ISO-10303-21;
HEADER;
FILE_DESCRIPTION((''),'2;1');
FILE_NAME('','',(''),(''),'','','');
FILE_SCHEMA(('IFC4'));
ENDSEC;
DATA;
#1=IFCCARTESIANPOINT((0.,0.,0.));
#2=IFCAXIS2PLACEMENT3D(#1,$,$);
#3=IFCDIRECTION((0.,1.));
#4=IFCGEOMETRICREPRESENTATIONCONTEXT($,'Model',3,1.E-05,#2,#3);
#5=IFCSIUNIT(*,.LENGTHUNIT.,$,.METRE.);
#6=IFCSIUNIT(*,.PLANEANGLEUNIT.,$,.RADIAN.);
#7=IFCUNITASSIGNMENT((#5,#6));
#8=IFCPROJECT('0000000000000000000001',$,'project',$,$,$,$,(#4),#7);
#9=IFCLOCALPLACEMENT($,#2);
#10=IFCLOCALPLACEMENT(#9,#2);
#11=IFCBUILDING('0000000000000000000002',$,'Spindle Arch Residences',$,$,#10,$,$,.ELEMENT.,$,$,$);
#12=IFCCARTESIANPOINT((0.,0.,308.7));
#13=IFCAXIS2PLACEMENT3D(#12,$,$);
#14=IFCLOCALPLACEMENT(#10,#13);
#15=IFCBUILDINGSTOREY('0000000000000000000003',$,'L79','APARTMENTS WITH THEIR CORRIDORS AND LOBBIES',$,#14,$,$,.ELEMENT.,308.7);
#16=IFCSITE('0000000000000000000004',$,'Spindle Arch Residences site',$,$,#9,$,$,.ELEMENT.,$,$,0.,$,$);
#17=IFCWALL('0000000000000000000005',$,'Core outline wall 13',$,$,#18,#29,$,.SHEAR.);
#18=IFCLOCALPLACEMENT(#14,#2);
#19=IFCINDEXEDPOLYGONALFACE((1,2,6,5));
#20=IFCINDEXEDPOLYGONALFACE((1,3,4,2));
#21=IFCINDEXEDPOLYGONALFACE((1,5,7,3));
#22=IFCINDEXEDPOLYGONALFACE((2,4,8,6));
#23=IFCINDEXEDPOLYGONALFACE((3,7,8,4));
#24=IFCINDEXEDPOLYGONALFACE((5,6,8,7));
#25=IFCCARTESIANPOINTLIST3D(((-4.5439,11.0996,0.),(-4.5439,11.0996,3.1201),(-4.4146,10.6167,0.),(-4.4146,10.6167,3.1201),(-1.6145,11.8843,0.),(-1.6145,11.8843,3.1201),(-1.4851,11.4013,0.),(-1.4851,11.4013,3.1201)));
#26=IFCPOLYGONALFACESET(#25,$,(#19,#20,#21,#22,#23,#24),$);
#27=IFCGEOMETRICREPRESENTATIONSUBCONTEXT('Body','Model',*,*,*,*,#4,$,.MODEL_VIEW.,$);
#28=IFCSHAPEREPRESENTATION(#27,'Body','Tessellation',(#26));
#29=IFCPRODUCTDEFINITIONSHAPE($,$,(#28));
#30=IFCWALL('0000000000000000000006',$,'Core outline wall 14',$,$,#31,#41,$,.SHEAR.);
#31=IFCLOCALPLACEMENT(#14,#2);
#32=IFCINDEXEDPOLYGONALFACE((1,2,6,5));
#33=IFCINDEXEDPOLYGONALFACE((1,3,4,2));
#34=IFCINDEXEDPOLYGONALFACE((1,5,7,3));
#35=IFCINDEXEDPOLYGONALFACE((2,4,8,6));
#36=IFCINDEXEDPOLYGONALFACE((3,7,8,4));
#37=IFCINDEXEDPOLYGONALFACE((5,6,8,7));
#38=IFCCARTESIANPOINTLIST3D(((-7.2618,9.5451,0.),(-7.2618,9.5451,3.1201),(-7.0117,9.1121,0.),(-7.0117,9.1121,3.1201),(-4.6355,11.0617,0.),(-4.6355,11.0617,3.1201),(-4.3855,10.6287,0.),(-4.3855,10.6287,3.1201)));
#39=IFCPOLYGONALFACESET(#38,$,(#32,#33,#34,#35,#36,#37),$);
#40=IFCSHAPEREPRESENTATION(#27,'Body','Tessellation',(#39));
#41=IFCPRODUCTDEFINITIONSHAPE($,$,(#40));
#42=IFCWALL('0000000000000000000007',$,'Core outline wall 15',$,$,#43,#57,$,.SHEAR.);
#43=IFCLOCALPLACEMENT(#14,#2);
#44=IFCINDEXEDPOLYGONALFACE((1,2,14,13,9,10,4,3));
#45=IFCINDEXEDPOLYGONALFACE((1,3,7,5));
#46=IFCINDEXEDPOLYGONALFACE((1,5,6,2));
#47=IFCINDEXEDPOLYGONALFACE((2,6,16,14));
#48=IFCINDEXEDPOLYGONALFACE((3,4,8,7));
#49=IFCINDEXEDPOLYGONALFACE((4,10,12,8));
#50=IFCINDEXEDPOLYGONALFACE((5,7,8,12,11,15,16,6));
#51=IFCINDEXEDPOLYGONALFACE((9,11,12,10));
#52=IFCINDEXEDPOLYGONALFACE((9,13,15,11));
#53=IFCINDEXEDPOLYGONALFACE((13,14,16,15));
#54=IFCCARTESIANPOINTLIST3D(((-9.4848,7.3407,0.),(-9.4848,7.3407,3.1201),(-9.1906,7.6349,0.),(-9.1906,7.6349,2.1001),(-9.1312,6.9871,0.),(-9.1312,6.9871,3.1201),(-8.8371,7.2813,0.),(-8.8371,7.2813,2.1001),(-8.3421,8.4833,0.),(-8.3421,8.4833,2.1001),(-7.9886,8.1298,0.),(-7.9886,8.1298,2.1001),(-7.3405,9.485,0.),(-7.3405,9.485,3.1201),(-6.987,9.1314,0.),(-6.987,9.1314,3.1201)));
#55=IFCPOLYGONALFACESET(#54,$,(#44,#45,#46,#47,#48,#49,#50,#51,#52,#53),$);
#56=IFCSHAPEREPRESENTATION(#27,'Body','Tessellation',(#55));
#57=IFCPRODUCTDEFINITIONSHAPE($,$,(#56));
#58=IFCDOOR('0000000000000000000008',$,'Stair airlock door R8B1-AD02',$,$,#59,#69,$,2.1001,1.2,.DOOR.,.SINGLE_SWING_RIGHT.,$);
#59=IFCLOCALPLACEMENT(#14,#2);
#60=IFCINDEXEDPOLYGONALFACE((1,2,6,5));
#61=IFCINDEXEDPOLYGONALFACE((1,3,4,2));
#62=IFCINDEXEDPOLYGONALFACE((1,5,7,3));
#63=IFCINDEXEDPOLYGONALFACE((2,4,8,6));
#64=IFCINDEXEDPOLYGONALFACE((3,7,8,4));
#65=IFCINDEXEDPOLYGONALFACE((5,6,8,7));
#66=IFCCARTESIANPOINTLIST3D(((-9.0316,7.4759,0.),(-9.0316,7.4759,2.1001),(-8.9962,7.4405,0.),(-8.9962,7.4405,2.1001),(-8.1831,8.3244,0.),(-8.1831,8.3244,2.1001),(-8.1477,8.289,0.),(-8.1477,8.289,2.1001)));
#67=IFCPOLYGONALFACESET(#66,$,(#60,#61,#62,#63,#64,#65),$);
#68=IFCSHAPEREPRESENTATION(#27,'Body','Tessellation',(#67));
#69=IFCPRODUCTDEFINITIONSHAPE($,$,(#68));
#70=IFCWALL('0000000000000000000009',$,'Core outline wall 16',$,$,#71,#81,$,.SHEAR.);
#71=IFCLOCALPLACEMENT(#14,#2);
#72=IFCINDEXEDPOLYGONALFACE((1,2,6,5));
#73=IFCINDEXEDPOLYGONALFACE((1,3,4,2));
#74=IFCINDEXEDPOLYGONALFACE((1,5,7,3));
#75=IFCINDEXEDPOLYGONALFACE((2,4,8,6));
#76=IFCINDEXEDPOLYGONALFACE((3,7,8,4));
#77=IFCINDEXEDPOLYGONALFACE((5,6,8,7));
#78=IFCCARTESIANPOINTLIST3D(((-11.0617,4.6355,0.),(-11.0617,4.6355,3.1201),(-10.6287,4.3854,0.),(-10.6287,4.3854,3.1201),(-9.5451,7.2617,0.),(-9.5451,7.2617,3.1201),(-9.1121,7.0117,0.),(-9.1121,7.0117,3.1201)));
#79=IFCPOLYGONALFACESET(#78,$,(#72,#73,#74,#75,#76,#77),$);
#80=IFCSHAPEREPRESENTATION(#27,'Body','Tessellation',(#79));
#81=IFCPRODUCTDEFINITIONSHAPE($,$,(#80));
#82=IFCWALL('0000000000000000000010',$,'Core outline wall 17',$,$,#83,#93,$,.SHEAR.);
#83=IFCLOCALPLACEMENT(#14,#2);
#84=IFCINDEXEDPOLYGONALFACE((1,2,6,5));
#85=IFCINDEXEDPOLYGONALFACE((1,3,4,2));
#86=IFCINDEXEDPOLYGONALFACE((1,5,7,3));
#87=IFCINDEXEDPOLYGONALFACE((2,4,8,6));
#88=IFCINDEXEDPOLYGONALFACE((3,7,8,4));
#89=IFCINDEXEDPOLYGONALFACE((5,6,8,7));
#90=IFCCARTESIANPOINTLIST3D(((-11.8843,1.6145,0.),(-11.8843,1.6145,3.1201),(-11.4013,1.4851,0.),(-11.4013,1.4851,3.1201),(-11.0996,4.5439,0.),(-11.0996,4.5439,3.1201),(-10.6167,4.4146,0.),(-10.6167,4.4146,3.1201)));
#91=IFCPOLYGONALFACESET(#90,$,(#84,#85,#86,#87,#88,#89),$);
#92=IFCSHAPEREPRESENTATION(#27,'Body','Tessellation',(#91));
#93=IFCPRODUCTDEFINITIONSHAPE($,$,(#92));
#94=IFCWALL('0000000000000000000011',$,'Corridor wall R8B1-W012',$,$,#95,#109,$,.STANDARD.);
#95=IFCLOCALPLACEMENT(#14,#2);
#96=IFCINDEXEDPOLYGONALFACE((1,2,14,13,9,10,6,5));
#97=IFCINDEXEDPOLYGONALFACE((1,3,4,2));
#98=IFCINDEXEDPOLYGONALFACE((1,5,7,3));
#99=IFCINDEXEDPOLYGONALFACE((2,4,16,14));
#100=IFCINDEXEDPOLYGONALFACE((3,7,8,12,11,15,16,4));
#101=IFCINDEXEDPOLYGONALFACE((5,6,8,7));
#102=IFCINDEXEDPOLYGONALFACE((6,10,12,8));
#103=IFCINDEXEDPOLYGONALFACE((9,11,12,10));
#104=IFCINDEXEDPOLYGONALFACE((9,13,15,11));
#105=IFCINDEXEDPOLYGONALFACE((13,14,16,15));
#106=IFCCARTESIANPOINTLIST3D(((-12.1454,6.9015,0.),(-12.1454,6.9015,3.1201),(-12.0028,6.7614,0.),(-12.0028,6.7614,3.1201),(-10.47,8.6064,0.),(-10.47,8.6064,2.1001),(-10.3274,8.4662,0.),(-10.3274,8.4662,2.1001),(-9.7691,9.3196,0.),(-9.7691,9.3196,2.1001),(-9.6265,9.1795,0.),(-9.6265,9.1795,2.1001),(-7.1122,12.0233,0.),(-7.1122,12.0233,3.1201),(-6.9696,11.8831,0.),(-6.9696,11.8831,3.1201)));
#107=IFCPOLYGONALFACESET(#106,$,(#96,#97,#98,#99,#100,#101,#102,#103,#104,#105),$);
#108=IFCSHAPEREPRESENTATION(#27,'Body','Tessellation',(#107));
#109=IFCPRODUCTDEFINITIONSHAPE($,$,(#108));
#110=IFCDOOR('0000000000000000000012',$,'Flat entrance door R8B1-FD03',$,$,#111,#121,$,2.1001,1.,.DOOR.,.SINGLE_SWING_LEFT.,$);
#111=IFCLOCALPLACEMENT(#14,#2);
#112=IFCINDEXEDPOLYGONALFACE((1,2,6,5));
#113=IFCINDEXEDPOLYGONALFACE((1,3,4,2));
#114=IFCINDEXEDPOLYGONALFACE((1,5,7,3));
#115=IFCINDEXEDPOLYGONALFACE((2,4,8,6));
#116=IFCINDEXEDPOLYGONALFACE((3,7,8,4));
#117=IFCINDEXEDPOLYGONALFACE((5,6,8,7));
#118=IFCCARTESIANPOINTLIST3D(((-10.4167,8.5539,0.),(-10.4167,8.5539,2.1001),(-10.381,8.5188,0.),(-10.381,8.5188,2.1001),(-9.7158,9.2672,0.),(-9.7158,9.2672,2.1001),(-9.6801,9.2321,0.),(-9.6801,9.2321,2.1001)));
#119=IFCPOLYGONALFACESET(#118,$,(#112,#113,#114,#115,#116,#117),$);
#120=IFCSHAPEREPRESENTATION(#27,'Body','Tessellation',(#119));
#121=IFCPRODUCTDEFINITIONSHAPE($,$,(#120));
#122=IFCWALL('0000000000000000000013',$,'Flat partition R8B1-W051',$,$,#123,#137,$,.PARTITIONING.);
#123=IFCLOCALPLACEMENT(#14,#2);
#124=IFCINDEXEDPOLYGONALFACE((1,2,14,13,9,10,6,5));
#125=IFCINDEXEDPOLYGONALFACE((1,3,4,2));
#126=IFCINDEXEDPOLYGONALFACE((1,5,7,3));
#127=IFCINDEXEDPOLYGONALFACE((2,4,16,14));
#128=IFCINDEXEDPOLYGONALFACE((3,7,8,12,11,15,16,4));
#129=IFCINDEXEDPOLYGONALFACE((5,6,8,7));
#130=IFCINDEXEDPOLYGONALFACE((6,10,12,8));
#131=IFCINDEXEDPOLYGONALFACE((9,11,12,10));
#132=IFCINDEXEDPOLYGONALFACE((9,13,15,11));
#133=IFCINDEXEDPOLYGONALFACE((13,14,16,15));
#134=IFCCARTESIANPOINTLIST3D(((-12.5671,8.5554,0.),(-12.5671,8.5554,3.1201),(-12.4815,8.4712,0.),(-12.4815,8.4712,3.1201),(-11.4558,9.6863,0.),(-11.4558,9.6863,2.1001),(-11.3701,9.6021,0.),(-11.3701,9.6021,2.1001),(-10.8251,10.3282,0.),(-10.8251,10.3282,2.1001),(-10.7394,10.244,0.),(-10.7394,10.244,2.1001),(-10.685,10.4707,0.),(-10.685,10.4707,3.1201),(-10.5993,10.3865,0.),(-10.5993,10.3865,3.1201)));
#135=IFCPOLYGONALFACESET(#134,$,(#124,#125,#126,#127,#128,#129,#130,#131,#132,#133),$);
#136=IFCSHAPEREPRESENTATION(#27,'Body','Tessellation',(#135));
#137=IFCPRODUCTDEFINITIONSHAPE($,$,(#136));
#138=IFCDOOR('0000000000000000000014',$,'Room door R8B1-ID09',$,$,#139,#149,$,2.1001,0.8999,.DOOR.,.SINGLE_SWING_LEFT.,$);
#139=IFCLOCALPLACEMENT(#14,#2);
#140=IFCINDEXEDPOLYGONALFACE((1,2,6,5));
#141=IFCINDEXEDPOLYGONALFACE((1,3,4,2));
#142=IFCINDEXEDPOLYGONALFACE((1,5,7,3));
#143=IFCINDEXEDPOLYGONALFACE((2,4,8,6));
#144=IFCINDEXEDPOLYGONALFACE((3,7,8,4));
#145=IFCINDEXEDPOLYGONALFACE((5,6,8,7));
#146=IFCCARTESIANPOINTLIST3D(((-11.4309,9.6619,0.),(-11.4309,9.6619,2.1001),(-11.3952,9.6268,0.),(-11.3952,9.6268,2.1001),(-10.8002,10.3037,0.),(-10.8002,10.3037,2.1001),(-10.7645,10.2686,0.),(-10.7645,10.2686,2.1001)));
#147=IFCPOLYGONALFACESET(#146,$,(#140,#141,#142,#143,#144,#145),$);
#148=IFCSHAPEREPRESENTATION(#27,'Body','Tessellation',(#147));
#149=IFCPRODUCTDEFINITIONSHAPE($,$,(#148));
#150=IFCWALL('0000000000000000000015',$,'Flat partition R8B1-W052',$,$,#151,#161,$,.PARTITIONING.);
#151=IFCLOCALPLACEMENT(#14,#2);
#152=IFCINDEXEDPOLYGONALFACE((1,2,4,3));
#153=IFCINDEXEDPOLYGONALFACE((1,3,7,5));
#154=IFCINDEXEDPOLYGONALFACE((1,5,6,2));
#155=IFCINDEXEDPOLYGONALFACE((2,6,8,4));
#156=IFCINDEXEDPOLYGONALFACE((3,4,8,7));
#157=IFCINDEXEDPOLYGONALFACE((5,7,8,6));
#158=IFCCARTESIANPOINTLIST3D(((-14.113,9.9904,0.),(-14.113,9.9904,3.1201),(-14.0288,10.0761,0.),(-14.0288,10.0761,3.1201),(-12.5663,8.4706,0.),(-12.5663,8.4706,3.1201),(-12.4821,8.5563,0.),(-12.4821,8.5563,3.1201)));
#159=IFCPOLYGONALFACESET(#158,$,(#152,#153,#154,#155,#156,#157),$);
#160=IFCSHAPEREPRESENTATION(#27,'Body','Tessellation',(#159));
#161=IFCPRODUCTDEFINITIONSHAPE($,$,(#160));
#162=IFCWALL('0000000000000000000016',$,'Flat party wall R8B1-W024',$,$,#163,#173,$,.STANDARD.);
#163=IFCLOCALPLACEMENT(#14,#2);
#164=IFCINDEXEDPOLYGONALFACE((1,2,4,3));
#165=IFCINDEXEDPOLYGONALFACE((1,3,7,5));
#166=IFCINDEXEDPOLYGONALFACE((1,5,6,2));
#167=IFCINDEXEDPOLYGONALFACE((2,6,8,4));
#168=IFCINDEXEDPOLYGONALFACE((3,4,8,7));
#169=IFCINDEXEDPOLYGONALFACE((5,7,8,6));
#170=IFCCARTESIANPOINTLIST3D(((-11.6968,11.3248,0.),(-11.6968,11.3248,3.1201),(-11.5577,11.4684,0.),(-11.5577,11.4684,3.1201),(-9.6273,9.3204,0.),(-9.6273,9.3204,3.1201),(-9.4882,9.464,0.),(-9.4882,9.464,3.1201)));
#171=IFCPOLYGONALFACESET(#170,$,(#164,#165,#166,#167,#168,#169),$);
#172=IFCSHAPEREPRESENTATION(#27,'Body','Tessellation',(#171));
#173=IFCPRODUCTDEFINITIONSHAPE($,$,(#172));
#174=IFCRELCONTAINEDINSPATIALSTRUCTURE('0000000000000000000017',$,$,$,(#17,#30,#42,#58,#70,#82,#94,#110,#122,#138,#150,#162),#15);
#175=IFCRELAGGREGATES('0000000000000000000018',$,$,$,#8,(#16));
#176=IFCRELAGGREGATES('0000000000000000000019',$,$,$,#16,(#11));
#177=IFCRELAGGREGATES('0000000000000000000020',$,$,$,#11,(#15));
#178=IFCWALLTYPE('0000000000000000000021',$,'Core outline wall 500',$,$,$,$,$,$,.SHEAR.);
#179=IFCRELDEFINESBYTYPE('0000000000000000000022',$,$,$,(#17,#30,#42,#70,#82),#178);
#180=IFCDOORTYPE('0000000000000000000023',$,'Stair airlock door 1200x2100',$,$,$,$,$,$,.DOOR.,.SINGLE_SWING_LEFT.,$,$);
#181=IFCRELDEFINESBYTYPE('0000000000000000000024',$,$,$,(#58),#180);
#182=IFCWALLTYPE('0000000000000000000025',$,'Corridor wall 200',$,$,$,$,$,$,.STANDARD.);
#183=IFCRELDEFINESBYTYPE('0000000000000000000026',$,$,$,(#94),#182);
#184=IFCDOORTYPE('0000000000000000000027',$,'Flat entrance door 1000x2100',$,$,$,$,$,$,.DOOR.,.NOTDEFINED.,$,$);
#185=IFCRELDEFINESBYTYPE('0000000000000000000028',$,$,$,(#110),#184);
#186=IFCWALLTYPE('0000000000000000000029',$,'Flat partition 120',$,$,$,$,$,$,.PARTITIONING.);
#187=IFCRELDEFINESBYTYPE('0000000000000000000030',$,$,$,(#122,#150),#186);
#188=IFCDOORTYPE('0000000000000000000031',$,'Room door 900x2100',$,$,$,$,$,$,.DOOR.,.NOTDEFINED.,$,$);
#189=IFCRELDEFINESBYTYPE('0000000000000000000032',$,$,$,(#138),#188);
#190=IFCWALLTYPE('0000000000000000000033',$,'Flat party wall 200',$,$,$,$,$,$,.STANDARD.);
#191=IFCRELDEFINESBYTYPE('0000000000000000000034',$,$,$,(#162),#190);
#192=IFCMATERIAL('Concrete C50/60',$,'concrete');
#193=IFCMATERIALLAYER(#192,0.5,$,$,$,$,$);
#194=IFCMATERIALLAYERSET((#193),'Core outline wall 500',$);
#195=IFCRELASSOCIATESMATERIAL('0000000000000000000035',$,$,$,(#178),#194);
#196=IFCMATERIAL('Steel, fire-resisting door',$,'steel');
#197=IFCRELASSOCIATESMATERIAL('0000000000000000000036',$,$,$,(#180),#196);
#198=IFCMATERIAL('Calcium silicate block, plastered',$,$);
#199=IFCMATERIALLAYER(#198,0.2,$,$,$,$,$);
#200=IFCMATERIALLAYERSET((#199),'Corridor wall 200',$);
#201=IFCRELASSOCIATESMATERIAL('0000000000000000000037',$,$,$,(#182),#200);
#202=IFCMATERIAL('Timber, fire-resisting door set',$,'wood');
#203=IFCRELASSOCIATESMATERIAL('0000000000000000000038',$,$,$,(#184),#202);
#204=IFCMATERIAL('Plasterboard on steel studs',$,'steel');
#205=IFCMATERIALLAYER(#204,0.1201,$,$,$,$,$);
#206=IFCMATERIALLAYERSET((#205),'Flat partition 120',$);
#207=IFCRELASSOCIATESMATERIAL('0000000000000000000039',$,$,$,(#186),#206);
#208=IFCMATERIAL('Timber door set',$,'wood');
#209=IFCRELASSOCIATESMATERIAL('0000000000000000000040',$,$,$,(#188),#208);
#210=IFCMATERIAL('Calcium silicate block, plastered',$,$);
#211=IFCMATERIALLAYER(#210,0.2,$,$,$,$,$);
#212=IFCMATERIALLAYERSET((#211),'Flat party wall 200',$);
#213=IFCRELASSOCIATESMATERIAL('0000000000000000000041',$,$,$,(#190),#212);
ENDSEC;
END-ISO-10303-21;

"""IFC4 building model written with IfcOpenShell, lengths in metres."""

from ifc_helpers import new_model, si_unit, direction, frame, frame_2d, origin, place, context, subcontext, project, spatial, rectangle, extrude, material, layer, layer_set, type_object, element, fill, save


model = new_model("IFC4")

# Units and contexts
model_context = context("Model", 3, precision=1e-05, world=origin(), true_north=direction((0.0, 1.0)))
body_context = subcontext(model_context, "Body", "Model", "MODEL_VIEW")
ifc_project = project(units=[si_unit("LENGTHUNIT", "METRE"), si_unit("PLANEANGLEUNIT", "RADIAN")], contexts=[model_context])

# Site, building, storey
site_placement = place(None, origin())
site = spatial("IfcSite", under=ifc_project, at=site_placement, Name="Spindle Arch Residences site", CompositionType="ELEMENT", RefElevation=0.0)
building_placement = place(site_placement, origin())
building = spatial("IfcBuilding", under=site, at=building_placement, Name="Spindle Arch Residences", CompositionType="ELEMENT")
storey_placement = place(building_placement, frame((0.0, 0.0, 308.7)))
storey = spatial("IfcBuildingStorey", under=building, at=storey_placement, Name="L79", Description="APARTMENTS WITH THEIR CORRIDORS AND LOBBIES", CompositionType="ELEMENT", Elevation=308.7)

# Walls
ifc_material_1 = material(Name="Concrete C50/60", Category="concrete")
ifc_layer_1 = layer(ifc_material_1, 0.5)
ifc_layer_set_1 = layer_set([ifc_layer_1], Name="Core outline wall 500")
wall_type_1 = type_object("IfcWallType", Name="Core outline wall 500", PredefinedType="SHEAR", material=ifc_layer_set_1)
for number, where, z_axis, x_axis, name in (
    (1, (-1.5498, 11.6428, 0.0), (0.0, 0.0, 1.0), (-0.965948, -0.258735, 0.0), "Core outline wall 13"),
    (2, (-4.5105, 10.8452, 0.0), (0.0, 0.0, 1.0), (-0.865975, -0.500087, 0.0), "Core outline wall 14"),
):
    element("IfcWall", number, at=place(storey_placement, frame(where, z_axis=z_axis, x_axis=x_axis)), inside=storey, type_object=wall_type_1, Name=name, PredefinedType="SHEAR", context=body_context, shape_type="SweptSolid", body=[
        extrude(rectangle(XDim=3.0327, YDim=0.5, at=frame_2d((1.5164, 0.0))), origin(), (0.0, 0.0, 1.0), 3.1201),
    ])

# Wall, opening, door
wall_1_placement = place(storey_placement, frame((-7.1638, 9.3081, 0.0), z_axis=(0.0, 0.0, 1.0), x_axis=(-0.707107, -0.707107, 0.0)))
wall_1 = element("IfcWall", 3, at=wall_1_placement, inside=storey, type_object=wall_type_1, Name="Core outline wall 15", PredefinedType="SHEAR", context=body_context, shape_type="SweptSolid", body=[
    extrude(rectangle(XDim=3.0325, YDim=0.5, at=frame_2d((1.5161, 0.0))), origin(), (0.0, 0.0, 1.0), 3.1201),
])
opening_1_placement = place(wall_1_placement, frame((1.4163, 0.0, 0.0)))
opening_1 = element("IfcOpeningElement", 4, at=opening_1_placement, cuts=wall_1, PredefinedType="OPENING", context=body_context, shape_type="SweptSolid", body=[
    extrude(rectangle(XDim=1.2, YDim=2.1001, at=frame_2d((0.6001, 1.05))), frame((0.0, 0.26, 0.0), z_axis=(0.0, -1.0, 0.0), x_axis=(1.0, 0.0, 0.0)), (0.0, 0.0, 1.0), 0.52),
])
ifc_material_2 = material(Name="Steel, fire-resisting door", Category="steel")
door_type_1 = type_object("IfcDoorType", Name="Stair airlock door 1200x2100", OperationType="SINGLE_SWING_LEFT", PredefinedType="DOOR", material=ifc_material_2)
door_1_placement = place(opening_1_placement, origin())
door_1 = element("IfcDoor", 5, at=door_1_placement, inside=storey, type_object=door_type_1, Name="Stair airlock door R8B1-AD02", OperationType="SINGLE_SWING_RIGHT", OverallHeight=2.1001, OverallWidth=1.2, PredefinedType="DOOR", context=body_context, shape_type="SweptSolid", body=[
    extrude(rectangle(XDim=1.2, YDim=2.1001, at=frame_2d((0.6001, 1.05))), frame((0.0, 0.0249, 0.0), z_axis=(0.0, -1.0, 0.0), x_axis=(1.0, 0.0, 0.0)), (0.0, 0.0, 1.0), 0.05),
])
fill(opening_1, door_1)

# Walls
for number, where, z_axis, x_axis, name in (
    (6, (-9.3286, 7.1367, 0.0), (0.0, 0.0, 1.0), (-0.500087, -0.865975, 0.0), "Core outline wall 16"),
    (7, (-10.8582, 4.4792, 0.0), (0.0, 0.0, 1.0), (-0.258735, -0.965948, 0.0), "Core outline wall 17"),
):
    element("IfcWall", number, at=place(storey_placement, frame(where, z_axis=z_axis, x_axis=x_axis)), inside=storey, type_object=wall_type_1, Name=name, PredefinedType="SHEAR", context=body_context, shape_type="SweptSolid", body=[
        extrude(rectangle(XDim=3.0327, YDim=0.5, at=frame_2d((1.5164, 0.0))), origin(), (0.0, 0.0, 1.0), 3.1201),
    ])

# Walls, openings, doors
ifc_material_3 = material(Name="Calcium silicate block, plastered")
ifc_layer_2 = layer(ifc_material_3, 0.2)
ifc_layer_set_2 = layer_set([ifc_layer_2], Name="Corridor wall 200")
wall_type_2 = type_object("IfcWallType", Name="Corridor wall 200", PredefinedType="STANDARD", material=ifc_layer_set_2)
wall_2_placement = place(storey_placement, frame((-7.041, 11.9531, 0.0), z_axis=(0.0, 0.0, 1.0), x_axis=(-0.700909, -0.713251, 0.0)))
wall_2 = element("IfcWall", 8, at=wall_2_placement, inside=storey, type_object=wall_type_2, Name="Corridor wall R8B1-W012", PredefinedType="STANDARD", context=body_context, shape_type="SweptSolid", body=[
    extrude(rectangle(XDim=7.1809, YDim=0.2, at=frame_2d((3.5903, 0.0))), origin(), (0.0, 0.0, 1.0), 3.1201),
])
opening_2_placement = place(wall_2_placement, frame((3.7905, 0.0, 0.0)))
opening_2 = element("IfcOpeningElement", 9, at=opening_2_placement, cuts=wall_2, PredefinedType="OPENING", context=body_context, shape_type="SweptSolid", body=[
    extrude(rectangle(XDim=1.0, YDim=2.1001, at=frame_2d((0.5, 1.05))), frame((0.0, 0.1099, 0.0), z_axis=(0.0, -1.0, 0.0), x_axis=(1.0, 0.0, 0.0)), (0.0, 0.0, 1.0), 0.22),
])
ifc_material_4 = material(Name="Timber, fire-resisting door set", Category="wood")
door_type_2 = type_object("IfcDoorType", Name="Flat entrance door 1000x2100", OperationType="NOTDEFINED", PredefinedType="DOOR", material=ifc_material_4)
door_2_placement = place(opening_2_placement, origin())
door_2 = element("IfcDoor", 10, at=door_2_placement, inside=storey, type_object=door_type_2, Name="Flat entrance door R8B1-FD03", OperationType="SINGLE_SWING_LEFT", OverallHeight=2.1001, OverallWidth=1.0, PredefinedType="DOOR", context=body_context, shape_type="SweptSolid", body=[
    extrude(rectangle(XDim=1.0, YDim=2.1001, at=frame_2d((0.5, 1.05))), frame((0.0, 0.0249, 0.0), z_axis=(0.0, -1.0, 0.0), x_axis=(1.0, 0.0, 0.0)), (0.0, 0.0, 1.0), 0.05),
])
fill(opening_2, door_2)
ifc_material_5 = material(Name="Plasterboard on steel studs", Category="steel")
ifc_layer_3 = layer(ifc_material_5, 0.1201)
ifc_layer_set_3 = layer_set([ifc_layer_3], Name="Flat partition 120")
wall_type_3 = type_object("IfcWallType", Name="Flat partition 120", PredefinedType="PARTITIONING", material=ifc_layer_set_3)
wall_3_placement = place(storey_placement, frame((-10.6421, 10.4287, 0.0), z_axis=(0.0, 0.0, 1.0), x_axis=(-0.700897, -0.713262, 0.0)))
wall_3 = element("IfcWall", 11, at=wall_3_placement, inside=storey, type_object=wall_type_3, Name="Flat partition R8B1-W051", PredefinedType="PARTITIONING", context=body_context, shape_type="SweptSolid", body=[
    extrude(rectangle(XDim=2.6853, YDim=0.1201, at=frame_2d((1.3428, 0.0))), origin(), (0.0, 0.0, 1.0), 3.1201),
])
opening_3_placement = place(wall_3_placement, frame((0.2, 0.0, 0.0)))
opening_3 = element("IfcOpeningElement", 12, at=opening_3_placement, cuts=wall_3, PredefinedType="OPENING", context=body_context, shape_type="SweptSolid", body=[
    extrude(rectangle(XDim=0.8999, YDim=2.1001, at=frame_2d((0.45, 1.05))), frame((0.0, 0.0701, 0.0), z_axis=(0.0, -1.0, 0.0), x_axis=(1.0, 0.0, 0.0)), (0.0, 0.0, 1.0), 0.1401),
])
ifc_material_6 = material(Name="Timber door set", Category="wood")
door_type_3 = type_object("IfcDoorType", Name="Room door 900x2100", OperationType="NOTDEFINED", PredefinedType="DOOR", material=ifc_material_6)
door_3_placement = place(opening_3_placement, origin())
door_3 = element("IfcDoor", 13, at=door_3_placement, inside=storey, type_object=door_type_3, Name="Room door R8B1-ID09", OperationType="SINGLE_SWING_LEFT", OverallHeight=2.1001, OverallWidth=0.8999, PredefinedType="DOOR", context=body_context, shape_type="SweptSolid", body=[
    extrude(rectangle(XDim=0.8999, YDim=2.1001, at=frame_2d((0.45, 1.05))), frame((0.0, 0.0249, 0.0), z_axis=(0.0, -1.0, 0.0), x_axis=(1.0, 0.0, 0.0)), (0.0, 0.0, 1.0), 0.05),
])
fill(opening_3, door_3)

# Walls
wall_4_placement = place(storey_placement, frame((-12.5242, 8.5134, 0.0), z_axis=(0.0, 0.0, 1.0), x_axis=(-0.713272, 0.700887, 0.0)))
element("IfcWall", 14, at=wall_4_placement, inside=storey, type_object=wall_type_3, Name="Flat partition R8B1-W052", PredefinedType="PARTITIONING", context=body_context, shape_type="SweptSolid", body=[
    extrude(rectangle(XDim=2.1685, YDim=0.1201, at=frame_2d((1.0842, 0.0))), origin(), (0.0, 0.0, 1.0), 3.1201),
])
ifc_material_7 = material(Name="Calcium silicate block, plastered")
ifc_layer_4 = layer(ifc_material_7, 0.2)
ifc_layer_set_4 = layer_set([ifc_layer_4], Name="Flat party wall 200")
wall_type_4 = type_object("IfcWallType", Name="Flat party wall 200", PredefinedType="STANDARD", material=ifc_layer_set_4)
wall_5_placement = place(storey_placement, frame((-11.6272, 11.3965, 0.0), z_axis=(0.0, 0.0, 1.0), x_axis=(0.718329, -0.695704, 0.0)))
element("IfcWall", 15, at=wall_5_placement, inside=storey, type_object=wall_type_4, Name="Flat party wall R8B1-W024", PredefinedType="STANDARD", context=body_context, shape_type="SweptSolid", body=[
    extrude(rectangle(XDim=2.8811, YDim=0.2, at=frame_2d((1.4404, 0.0))), origin(), (0.0, 0.0, 1.0), 3.1201),
])

save(model, "model.ifc")
